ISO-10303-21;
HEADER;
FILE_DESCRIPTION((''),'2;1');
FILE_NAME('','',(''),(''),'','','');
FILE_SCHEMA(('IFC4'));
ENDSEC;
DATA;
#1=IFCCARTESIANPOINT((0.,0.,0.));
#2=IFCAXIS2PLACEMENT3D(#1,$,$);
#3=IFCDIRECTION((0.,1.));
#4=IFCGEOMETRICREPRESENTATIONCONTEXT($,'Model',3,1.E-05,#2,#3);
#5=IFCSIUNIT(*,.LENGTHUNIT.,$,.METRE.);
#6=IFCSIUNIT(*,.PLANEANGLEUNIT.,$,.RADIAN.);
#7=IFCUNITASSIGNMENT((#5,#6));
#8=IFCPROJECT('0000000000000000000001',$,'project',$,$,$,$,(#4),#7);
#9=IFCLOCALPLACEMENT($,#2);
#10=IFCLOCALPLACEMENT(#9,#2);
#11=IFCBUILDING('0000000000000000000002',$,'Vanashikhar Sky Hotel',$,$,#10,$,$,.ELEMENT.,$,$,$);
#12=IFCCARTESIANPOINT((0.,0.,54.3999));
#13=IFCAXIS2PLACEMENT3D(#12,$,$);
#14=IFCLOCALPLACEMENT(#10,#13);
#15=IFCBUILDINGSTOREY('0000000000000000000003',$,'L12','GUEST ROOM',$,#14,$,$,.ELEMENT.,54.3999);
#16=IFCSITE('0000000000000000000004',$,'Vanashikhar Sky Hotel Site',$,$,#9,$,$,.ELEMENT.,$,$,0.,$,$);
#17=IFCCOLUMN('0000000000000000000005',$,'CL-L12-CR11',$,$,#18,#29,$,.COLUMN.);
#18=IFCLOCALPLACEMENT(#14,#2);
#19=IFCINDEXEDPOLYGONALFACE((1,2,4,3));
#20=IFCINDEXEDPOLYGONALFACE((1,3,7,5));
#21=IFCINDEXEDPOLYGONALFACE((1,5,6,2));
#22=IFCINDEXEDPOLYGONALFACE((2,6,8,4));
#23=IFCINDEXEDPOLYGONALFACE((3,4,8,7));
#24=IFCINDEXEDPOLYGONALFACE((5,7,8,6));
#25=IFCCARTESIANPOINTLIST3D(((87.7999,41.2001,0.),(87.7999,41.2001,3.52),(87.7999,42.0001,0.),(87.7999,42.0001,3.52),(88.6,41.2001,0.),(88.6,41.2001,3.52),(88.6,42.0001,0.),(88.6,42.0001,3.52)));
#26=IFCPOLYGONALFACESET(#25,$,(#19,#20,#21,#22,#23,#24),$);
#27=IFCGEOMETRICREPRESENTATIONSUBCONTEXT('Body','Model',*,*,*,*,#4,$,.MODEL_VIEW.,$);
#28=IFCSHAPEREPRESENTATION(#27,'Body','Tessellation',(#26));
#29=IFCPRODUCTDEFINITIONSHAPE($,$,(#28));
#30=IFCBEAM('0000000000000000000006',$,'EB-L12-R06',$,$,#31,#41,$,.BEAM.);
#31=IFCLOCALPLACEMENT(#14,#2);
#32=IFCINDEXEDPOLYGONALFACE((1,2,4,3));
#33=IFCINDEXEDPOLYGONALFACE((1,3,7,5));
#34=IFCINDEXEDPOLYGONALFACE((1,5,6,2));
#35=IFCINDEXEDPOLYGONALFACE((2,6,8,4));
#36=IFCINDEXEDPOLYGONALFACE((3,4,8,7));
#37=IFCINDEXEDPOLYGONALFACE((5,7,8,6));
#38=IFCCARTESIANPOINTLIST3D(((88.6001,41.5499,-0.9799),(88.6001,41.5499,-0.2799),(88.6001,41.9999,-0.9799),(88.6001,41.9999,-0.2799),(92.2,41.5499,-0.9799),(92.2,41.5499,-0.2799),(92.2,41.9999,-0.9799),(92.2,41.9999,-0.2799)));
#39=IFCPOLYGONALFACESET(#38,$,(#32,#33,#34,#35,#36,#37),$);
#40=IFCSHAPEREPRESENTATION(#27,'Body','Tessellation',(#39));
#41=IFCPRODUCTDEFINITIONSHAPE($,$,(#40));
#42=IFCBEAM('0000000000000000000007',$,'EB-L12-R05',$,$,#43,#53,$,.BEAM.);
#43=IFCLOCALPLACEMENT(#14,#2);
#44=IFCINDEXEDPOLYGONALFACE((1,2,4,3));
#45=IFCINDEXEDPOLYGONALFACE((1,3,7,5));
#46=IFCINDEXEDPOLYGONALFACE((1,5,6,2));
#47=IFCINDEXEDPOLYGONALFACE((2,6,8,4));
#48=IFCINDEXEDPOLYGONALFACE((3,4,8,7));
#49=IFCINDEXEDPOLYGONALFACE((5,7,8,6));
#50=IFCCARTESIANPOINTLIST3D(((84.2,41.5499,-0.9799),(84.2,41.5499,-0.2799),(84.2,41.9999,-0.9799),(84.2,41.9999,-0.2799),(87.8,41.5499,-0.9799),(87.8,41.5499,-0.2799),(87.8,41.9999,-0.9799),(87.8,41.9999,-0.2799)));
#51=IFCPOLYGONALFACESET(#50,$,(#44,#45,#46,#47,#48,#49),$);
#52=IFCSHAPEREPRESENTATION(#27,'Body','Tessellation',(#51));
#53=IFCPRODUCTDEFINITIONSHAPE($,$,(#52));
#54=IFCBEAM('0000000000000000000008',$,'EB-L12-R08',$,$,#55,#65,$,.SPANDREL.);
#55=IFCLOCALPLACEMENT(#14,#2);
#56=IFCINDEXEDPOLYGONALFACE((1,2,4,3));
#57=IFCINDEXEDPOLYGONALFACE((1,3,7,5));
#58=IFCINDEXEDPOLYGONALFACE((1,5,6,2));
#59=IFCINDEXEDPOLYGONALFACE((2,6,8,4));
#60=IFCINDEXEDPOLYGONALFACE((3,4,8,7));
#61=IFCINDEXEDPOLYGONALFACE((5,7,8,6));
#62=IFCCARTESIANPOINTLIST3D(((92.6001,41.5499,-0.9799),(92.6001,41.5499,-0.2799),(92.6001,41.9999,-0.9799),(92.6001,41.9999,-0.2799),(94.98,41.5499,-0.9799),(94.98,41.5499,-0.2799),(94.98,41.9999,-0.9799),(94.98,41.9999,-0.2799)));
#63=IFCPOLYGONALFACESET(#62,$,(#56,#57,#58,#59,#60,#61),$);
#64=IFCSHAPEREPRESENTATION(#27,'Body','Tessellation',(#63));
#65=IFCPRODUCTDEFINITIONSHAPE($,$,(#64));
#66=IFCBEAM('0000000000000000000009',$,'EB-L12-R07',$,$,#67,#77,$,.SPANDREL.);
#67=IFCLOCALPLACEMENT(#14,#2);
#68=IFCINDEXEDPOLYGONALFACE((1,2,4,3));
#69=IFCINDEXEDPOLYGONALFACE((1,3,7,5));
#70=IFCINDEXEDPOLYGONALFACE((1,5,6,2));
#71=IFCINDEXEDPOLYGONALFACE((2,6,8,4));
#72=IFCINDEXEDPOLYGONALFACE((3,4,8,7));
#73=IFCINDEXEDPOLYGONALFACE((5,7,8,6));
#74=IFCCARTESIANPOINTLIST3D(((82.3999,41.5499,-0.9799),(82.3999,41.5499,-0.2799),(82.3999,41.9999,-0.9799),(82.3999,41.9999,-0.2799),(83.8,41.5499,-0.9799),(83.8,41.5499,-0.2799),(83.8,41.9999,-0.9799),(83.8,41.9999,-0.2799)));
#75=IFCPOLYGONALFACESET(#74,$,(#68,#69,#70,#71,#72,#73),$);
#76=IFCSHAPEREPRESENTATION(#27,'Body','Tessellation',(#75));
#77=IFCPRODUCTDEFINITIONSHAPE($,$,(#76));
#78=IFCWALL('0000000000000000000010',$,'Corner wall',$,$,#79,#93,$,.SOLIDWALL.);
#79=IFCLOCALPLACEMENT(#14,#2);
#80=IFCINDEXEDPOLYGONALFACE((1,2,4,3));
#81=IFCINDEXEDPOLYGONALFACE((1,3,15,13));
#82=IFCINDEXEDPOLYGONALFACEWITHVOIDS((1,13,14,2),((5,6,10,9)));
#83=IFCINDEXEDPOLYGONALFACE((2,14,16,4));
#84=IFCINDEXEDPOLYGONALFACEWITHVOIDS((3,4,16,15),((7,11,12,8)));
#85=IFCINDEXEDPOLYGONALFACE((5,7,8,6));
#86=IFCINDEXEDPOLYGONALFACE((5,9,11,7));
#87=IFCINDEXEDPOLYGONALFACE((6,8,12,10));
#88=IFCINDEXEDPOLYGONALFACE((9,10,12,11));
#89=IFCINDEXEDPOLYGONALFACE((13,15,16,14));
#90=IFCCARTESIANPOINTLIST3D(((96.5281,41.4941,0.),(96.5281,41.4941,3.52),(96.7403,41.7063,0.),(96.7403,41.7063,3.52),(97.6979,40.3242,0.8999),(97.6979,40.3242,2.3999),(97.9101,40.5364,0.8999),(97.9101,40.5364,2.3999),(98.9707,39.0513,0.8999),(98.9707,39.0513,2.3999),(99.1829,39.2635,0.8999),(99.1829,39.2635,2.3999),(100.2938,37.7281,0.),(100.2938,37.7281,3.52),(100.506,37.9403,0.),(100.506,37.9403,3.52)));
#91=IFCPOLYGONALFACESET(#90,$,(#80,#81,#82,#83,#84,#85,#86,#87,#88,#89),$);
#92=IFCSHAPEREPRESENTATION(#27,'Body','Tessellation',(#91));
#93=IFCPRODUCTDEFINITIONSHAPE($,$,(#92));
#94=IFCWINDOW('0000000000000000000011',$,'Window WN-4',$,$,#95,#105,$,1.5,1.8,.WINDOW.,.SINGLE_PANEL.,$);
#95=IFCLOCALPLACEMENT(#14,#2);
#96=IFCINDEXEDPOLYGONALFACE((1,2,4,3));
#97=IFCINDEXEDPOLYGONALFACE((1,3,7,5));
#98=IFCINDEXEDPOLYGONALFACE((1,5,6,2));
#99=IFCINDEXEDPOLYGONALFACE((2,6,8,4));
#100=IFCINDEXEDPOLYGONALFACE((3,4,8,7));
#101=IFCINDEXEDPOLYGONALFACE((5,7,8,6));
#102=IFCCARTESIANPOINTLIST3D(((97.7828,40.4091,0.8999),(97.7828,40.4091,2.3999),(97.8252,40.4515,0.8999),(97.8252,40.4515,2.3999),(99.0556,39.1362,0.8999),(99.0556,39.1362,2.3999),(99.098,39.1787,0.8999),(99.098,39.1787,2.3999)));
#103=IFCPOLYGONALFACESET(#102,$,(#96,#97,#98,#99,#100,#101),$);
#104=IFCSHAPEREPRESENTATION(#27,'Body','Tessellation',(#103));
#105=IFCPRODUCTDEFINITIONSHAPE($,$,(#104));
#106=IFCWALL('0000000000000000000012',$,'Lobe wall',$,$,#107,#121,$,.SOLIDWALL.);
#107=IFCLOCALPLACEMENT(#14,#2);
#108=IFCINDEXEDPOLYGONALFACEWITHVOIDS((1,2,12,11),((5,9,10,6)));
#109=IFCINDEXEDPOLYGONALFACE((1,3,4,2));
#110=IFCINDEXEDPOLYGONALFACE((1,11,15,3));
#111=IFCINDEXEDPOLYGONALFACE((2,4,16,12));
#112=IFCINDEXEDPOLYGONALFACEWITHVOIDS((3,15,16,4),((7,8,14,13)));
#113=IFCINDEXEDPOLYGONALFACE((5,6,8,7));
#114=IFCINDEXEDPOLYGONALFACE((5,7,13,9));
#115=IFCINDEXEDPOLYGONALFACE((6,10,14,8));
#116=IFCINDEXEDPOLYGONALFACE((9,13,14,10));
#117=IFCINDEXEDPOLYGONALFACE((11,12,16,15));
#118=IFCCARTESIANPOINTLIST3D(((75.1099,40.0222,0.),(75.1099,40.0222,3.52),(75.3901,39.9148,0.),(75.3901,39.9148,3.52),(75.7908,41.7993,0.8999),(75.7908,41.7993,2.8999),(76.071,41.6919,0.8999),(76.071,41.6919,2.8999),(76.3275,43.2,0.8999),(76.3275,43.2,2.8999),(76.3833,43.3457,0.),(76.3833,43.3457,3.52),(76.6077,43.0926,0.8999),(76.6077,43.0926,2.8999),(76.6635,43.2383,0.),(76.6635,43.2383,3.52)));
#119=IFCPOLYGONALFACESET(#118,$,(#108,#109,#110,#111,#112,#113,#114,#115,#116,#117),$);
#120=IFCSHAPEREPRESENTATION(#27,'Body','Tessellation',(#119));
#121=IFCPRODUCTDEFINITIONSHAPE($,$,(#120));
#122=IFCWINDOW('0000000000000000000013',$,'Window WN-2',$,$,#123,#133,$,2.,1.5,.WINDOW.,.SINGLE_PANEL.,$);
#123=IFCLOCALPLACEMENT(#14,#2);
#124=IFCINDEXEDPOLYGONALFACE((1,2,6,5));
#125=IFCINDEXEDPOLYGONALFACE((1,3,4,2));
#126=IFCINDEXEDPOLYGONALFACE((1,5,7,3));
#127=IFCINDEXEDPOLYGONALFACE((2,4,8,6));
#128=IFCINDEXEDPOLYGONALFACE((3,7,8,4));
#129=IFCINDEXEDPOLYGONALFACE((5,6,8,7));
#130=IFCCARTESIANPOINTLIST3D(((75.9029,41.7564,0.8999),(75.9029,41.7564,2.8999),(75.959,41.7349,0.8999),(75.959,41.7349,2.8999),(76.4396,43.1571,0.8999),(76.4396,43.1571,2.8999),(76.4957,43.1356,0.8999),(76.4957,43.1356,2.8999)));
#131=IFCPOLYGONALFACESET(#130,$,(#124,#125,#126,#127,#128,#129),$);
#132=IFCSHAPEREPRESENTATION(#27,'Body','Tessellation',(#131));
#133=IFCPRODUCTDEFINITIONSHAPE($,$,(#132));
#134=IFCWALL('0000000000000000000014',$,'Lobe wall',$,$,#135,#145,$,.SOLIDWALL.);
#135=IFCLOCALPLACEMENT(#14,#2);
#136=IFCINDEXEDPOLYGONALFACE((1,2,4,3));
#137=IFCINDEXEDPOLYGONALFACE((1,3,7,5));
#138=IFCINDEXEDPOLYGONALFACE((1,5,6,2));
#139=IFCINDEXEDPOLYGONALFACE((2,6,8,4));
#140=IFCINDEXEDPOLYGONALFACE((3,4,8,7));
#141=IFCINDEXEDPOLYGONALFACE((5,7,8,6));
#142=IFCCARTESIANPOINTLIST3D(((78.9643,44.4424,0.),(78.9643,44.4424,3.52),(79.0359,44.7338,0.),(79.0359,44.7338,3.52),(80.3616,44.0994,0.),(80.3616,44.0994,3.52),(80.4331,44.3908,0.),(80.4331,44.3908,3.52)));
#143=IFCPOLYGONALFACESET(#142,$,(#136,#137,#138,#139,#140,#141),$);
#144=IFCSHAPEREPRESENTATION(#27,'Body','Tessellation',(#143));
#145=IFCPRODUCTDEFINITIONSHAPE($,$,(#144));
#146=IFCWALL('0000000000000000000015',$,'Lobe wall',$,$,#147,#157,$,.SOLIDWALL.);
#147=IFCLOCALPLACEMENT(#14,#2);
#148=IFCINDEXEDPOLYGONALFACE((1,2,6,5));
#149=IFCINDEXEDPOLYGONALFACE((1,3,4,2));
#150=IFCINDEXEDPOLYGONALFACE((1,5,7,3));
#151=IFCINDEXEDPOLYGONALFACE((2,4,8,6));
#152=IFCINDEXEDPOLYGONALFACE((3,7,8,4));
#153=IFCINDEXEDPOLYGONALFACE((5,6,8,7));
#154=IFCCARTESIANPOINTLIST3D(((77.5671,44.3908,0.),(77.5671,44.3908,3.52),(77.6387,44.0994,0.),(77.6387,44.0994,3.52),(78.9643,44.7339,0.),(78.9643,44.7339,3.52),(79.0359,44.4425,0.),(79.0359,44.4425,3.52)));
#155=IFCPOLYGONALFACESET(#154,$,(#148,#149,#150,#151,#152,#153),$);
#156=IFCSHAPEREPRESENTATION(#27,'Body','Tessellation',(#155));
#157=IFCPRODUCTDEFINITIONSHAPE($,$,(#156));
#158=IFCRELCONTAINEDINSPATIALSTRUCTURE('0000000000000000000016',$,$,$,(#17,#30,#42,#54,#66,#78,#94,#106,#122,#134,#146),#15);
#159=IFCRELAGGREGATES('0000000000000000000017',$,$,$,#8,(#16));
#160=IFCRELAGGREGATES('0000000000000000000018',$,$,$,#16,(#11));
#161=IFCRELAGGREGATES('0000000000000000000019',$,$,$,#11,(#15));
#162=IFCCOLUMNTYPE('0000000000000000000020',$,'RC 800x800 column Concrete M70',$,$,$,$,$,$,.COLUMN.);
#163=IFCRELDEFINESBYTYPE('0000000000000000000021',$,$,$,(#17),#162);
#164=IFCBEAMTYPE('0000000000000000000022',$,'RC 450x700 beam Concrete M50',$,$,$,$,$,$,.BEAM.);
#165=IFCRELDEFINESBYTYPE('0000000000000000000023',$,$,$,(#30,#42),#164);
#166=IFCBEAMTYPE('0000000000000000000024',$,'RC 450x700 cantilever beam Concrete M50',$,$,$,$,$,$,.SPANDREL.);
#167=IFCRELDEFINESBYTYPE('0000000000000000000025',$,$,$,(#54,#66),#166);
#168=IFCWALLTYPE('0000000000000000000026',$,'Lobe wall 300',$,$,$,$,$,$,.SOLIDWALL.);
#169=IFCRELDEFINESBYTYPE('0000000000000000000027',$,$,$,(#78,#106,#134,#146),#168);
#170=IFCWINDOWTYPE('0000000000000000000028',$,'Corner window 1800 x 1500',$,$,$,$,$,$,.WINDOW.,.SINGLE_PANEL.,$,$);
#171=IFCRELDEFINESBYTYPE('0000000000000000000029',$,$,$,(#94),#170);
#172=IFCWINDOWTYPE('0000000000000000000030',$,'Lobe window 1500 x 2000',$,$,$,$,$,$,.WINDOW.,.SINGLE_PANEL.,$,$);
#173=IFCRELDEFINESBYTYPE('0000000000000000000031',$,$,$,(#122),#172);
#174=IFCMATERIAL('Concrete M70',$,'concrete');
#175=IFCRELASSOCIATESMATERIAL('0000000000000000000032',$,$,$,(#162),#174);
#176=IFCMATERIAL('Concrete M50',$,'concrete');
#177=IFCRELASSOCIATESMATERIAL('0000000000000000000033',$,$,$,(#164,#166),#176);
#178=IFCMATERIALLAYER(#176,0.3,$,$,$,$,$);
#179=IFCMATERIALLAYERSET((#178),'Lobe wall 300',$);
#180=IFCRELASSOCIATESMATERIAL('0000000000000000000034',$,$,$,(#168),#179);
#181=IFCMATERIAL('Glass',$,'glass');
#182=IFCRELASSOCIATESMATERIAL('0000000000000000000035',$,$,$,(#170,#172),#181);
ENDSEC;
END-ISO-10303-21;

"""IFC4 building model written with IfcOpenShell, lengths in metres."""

from ifc_helpers import new_model, si_unit, direction, frame, frame_2d, origin, origin_2d, place, context, subcontext, project, spatial, rectangle, extrude, source, transform, mapped, material, layer, layer_set, material_profile, profile_set, type_object, element, fill, save


model = new_model("IFC4")

# Units and contexts
model_context = context("Model", 3, precision=1e-05, world=origin(), true_north=direction((0.0, 1.0)))
body_context = subcontext(model_context, "Body", "Model", "MODEL_VIEW")
ifc_project = project(units=[si_unit("LENGTHUNIT", "METRE"), si_unit("PLANEANGLEUNIT", "RADIAN")], contexts=[model_context])

# Site, building, storey
site_placement = place(None, origin())
site = spatial("IfcSite", under=ifc_project, at=site_placement, Name="Vanashikhar Sky Hotel Site", CompositionType="ELEMENT", RefElevation=0.0)
building_placement = place(site_placement, origin())
building = spatial("IfcBuilding", under=site, at=building_placement, Name="Vanashikhar Sky Hotel", CompositionType="ELEMENT")
storey_placement = place(building_placement, frame((0.0, 0.0, 54.3999)))
storey = spatial("IfcBuildingStorey", under=building, at=storey_placement, Name="L12", Description="GUEST ROOM", CompositionType="ELEMENT", Elevation=54.3999)

# Column
ifc_material_1 = material(Name="Concrete M70", Category="concrete")
ifc_material_profile_1 = material_profile(ifc_material_1, rectangle(XDim=0.8, YDim=0.8, at=origin_2d()))
ifc_profile_set_1 = profile_set([ifc_material_profile_1], Name="RC 800x800 column Concrete M70")
column_type = type_object("IfcColumnType", Name="RC 800x800 column Concrete M70", PredefinedType="COLUMN", material=ifc_profile_set_1)
shared_shape_1 = source(origin(), body_context, "Body", "SweptSolid", [
    extrude(rectangle(XDim=0.8, YDim=0.8, at=origin_2d()), origin(), (0.0, 0.0, 1.0), 3.52),
])
column_placement = place(storey_placement, frame((88.2, 41.6001, 0.0), z_axis=(0.0, 0.0, 1.0), x_axis=(1.0, 0.0, 0.0)))
element("IfcColumn", 1, at=column_placement, inside=storey, type_object=column_type, Name="CL-L12-CR11", PredefinedType="COLUMN", context=body_context, shape_type="MappedRepresentation", body=[
    mapped(shared_shape_1, transform((0.0, 0.0, 0.0), scale=1.0)),
])

# Beams
ifc_material_2 = material(Name="Concrete M50", Category="concrete")
ifc_material_profile_2 = material_profile(ifc_material_2, rectangle(XDim=0.45, YDim=0.7, at=origin_2d()))
ifc_profile_set_2 = profile_set([ifc_material_profile_2], Name="RC 450x700 beam Concrete M50")
beam_type_1 = type_object("IfcBeamType", Name="RC 450x700 beam Concrete M50", PredefinedType="BEAM", material=ifc_profile_set_2)
shared_shape_2 = source(origin(), body_context, "Body", "SweptSolid", [
    extrude(rectangle(XDim=0.45, YDim=0.7, at=origin_2d()), origin(), (0.0, 0.0, 1.0), 3.5999),
])
beam_1_placement = place(storey_placement, frame((88.6001, 41.7749, -0.6299), z_axis=(1.0, 0.0, 0.0), x_axis=(0.0, 1.0, 0.0)))
element("IfcBeam", 2, at=beam_1_placement, inside=storey, type_object=beam_type_1, Name="EB-L12-R06", PredefinedType="BEAM", context=body_context, shape_type="MappedRepresentation", body=[
    mapped(shared_shape_2, transform((0.0, 0.0, 0.0), scale=1.0)),
])
shared_shape_3 = source(origin(), body_context, "Body", "SweptSolid", [
    extrude(rectangle(XDim=0.45, YDim=0.7, at=origin_2d()), origin(), (0.0, 0.0, 1.0), 3.6001),
])
beam_2_placement = place(storey_placement, frame((84.2, 41.7749, -0.6299), z_axis=(1.0, 0.0, 0.0), x_axis=(0.0, 1.0, 0.0)))
element("IfcBeam", 3, at=beam_2_placement, inside=storey, type_object=beam_type_1, Name="EB-L12-R05", PredefinedType="BEAM", context=body_context, shape_type="MappedRepresentation", body=[
    mapped(shared_shape_3, transform((0.0, 0.0, 0.0), scale=1.0)),
])
ifc_material_profile_3 = material_profile(ifc_material_2, rectangle(XDim=0.45, YDim=0.7, at=origin_2d()))
ifc_profile_set_3 = profile_set([ifc_material_profile_3], Name="RC 450x700 cantilever beam Concrete M50")
beam_type_2 = type_object("IfcBeamType", Name="RC 450x700 cantilever beam Concrete M50", PredefinedType="SPANDREL", material=ifc_profile_set_3)
shared_shape_4 = source(origin(), body_context, "Body", "SweptSolid", [
    extrude(rectangle(XDim=0.45, YDim=0.7, at=origin_2d()), origin(), (0.0, 0.0, 1.0), 2.3799),
])
beam_3_placement = place(storey_placement, frame((92.6001, 41.7749, -0.6299), z_axis=(1.0, 0.0, 0.0), x_axis=(0.0, 1.0, 0.0)))
element("IfcBeam", 4, at=beam_3_placement, inside=storey, type_object=beam_type_2, Name="EB-L12-R08", PredefinedType="SPANDREL", context=body_context, shape_type="MappedRepresentation", body=[
    mapped(shared_shape_4, transform((0.0, 0.0, 0.0), scale=1.0)),
])
shared_shape_5 = source(origin(), body_context, "Body", "SweptSolid", [
    extrude(rectangle(XDim=0.45, YDim=0.7, at=origin_2d()), origin(), (0.0, 0.0, 1.0), 1.4001),
])
beam_4_placement = place(storey_placement, frame((82.3999, 41.7749, -0.6299), z_axis=(1.0, 0.0, 0.0), x_axis=(0.0, 1.0, 0.0)))
element("IfcBeam", 5, at=beam_4_placement, inside=storey, type_object=beam_type_2, Name="EB-L12-R07", PredefinedType="SPANDREL", context=body_context, shape_type="MappedRepresentation", body=[
    mapped(shared_shape_5, transform((0.0, 0.0, 0.0), scale=1.0)),
])

# Walls, openings, windows
ifc_layer_1 = layer(ifc_material_2, 0.3)
ifc_layer_set_1 = layer_set([ifc_layer_1], Name="Lobe wall 300")
wall_type_1 = type_object("IfcWallType", Name="Lobe wall 300", PredefinedType="SOLIDWALL", material=ifc_layer_set_1)
shared_shape_6 = source(origin(), body_context, "Body", "SweptSolid", [
    extrude(rectangle(XDim=5.3257, YDim=0.3, at=frame_2d((2.6628, 0.0))), origin(), (0.0, 0.0, 1.0), 3.52),
])
wall_1_placement = place(storey_placement, frame((100.3999, 37.8342, 0.0), z_axis=(0.0, 0.0, 1.0), x_axis=(-0.707084, 0.70713, 0.0)))
wall_1 = element("IfcWall", 6, at=wall_1_placement, inside=storey, type_object=wall_type_1, Name="Corner wall", PredefinedType="SOLIDWALL", context=body_context, shape_type="MappedRepresentation", body=[
    mapped(shared_shape_6, transform((0.0, 0.0, 0.0), scale=1.0)),
])
shared_shape_7 = source(origin(), body_context, "Body", "SweptSolid", [
    extrude(rectangle(XDim=1.8, YDim=1.5, at=frame_2d((0.8999, 0.75))), frame((0.0, 0.1602, 0.0), z_axis=(0.0, -1.0, 0.0), x_axis=(1.0, 0.0, 0.0)), (0.0, 0.0, 1.0), 0.3201),
])
opening_1_placement = place(wall_1_placement, frame((1.8713, 0.0, 0.8999)))
opening_1 = element("IfcOpeningElement", 7, at=opening_1_placement, cuts=wall_1, PredefinedType="OPENING", context=body_context, shape_type="MappedRepresentation", body=[
    mapped(shared_shape_7, transform((0.0, 0.0, 0.0), scale=1.0)),
])
ifc_material_3 = material(Name="Glass", Category="glass")
window_type_1 = type_object("IfcWindowType", Name="Corner window 1800 x 1500", PartitioningType="SINGLE_PANEL", PredefinedType="WINDOW", material=ifc_material_3)
shared_shape_8 = source(origin(), body_context, "Body", "SweptSolid", [
    extrude(rectangle(XDim=1.8, YDim=1.5, at=frame_2d((0.8999, 0.75))), frame((0.0, 0.03, 0.0), z_axis=(0.0, -1.0, 0.0), x_axis=(1.0, 0.0, 0.0)), (0.0, 0.0, 1.0), 0.0601),
])
window_1_placement = place(opening_1_placement, origin())
window_1 = element("IfcWindow", 8, at=window_1_placement, inside=storey, type_object=window_type_1, Name="Window WN-4", OverallHeight=1.5, OverallWidth=1.8, PartitioningType="SINGLE_PANEL", PredefinedType="WINDOW", context=body_context, shape_type="MappedRepresentation", body=[
    mapped(shared_shape_8, transform((0.0, 0.0, 0.0), scale=1.0)),
])
fill(opening_1, window_1)
shared_shape_9 = source(origin(), body_context, "Body", "SweptSolid", [
    extrude(rectangle(XDim=3.5591, YDim=0.3, at=frame_2d((1.7795, 0.0))), origin(), (0.0, 0.0, 1.0), 3.52),
])
wall_2_placement = place(storey_placement, frame((76.5234, 43.292, 0.0), z_axis=(0.0, 0.0, 1.0), x_axis=(-0.357797, -0.933799, 0.0)))
wall_2 = element("IfcWall", 9, at=wall_2_placement, inside=storey, type_object=wall_type_1, Name="Lobe wall", PredefinedType="SOLIDWALL", context=body_context, shape_type="MappedRepresentation", body=[
    mapped(shared_shape_9, transform((0.0, 0.0, 0.0), scale=1.0)),
])
shared_shape_10 = source(origin(), body_context, "Body", "SweptSolid", [
    extrude(rectangle(XDim=1.5, YDim=2.0, at=frame_2d((0.75, 1.0))), frame((0.0, 0.1602, 0.0), z_axis=(0.0, -1.0, 0.0), x_axis=(1.0, 0.0, 0.0)), (0.0, 0.0, 1.0), 0.3201),
])
opening_2_placement = place(wall_2_placement, frame((0.156, 0.0, 0.8999)))
opening_2 = element("IfcOpeningElement", 10, at=opening_2_placement, cuts=wall_2, PredefinedType="OPENING", context=body_context, shape_type="MappedRepresentation", body=[
    mapped(shared_shape_10, transform((0.0, 0.0, 0.0), scale=1.0)),
])
window_type_2 = type_object("IfcWindowType", Name="Lobe window 1500 x 2000", PartitioningType="SINGLE_PANEL", PredefinedType="WINDOW", material=ifc_material_3)
shared_shape_11 = source(origin(), body_context, "Body", "SweptSolid", [
    extrude(rectangle(XDim=1.5, YDim=2.0, at=frame_2d((0.75, 1.0))), frame((0.0, 0.03, 0.0), z_axis=(0.0, -1.0, 0.0), x_axis=(1.0, 0.0, 0.0)), (0.0, 0.0, 1.0), 0.0601),
])
window_2_placement = place(opening_2_placement, origin())
window_2 = element("IfcWindow", 11, at=window_2_placement, inside=storey, type_object=window_type_2, Name="Window WN-2", OverallHeight=2.0, OverallWidth=1.5, PartitioningType="SINGLE_PANEL", PredefinedType="WINDOW", context=body_context, shape_type="MappedRepresentation", body=[
    mapped(shared_shape_11, transform((0.0, 0.0, 0.0), scale=1.0)),
])
fill(opening_2, window_2)

# Walls
shared_shape_12 = source(origin(), body_context, "Body", "SweptSolid", [
    extrude(rectangle(XDim=1.4387, YDim=0.3, at=frame_2d((0.7192, 0.0))), origin(), (0.0, 0.0, 1.0), 3.52),
])
for number, where, z_axis, x_axis, name in (
    (12, (80.3972, 44.2451, 0.0), (0.0, 0.0, 1.0), (-0.971162, 0.238421, 0.0), "Lobe wall"),
    (13, (79.0, 44.5881, 0.0), (0.0, 0.0, 1.0), (-0.971162, -0.238421, 0.0), "Lobe wall"),
):
    element("IfcWall", number, at=place(storey_placement, frame(where, z_axis=z_axis, x_axis=x_axis)), inside=storey, type_object=wall_type_1, Name=name, PredefinedType="SOLIDWALL", context=body_context, shape_type="MappedRepresentation", body=[
        mapped(shared_shape_12, transform((0.0, 0.0, 0.0), scale=1.0)),
    ])

save(model, "model.ifc")
